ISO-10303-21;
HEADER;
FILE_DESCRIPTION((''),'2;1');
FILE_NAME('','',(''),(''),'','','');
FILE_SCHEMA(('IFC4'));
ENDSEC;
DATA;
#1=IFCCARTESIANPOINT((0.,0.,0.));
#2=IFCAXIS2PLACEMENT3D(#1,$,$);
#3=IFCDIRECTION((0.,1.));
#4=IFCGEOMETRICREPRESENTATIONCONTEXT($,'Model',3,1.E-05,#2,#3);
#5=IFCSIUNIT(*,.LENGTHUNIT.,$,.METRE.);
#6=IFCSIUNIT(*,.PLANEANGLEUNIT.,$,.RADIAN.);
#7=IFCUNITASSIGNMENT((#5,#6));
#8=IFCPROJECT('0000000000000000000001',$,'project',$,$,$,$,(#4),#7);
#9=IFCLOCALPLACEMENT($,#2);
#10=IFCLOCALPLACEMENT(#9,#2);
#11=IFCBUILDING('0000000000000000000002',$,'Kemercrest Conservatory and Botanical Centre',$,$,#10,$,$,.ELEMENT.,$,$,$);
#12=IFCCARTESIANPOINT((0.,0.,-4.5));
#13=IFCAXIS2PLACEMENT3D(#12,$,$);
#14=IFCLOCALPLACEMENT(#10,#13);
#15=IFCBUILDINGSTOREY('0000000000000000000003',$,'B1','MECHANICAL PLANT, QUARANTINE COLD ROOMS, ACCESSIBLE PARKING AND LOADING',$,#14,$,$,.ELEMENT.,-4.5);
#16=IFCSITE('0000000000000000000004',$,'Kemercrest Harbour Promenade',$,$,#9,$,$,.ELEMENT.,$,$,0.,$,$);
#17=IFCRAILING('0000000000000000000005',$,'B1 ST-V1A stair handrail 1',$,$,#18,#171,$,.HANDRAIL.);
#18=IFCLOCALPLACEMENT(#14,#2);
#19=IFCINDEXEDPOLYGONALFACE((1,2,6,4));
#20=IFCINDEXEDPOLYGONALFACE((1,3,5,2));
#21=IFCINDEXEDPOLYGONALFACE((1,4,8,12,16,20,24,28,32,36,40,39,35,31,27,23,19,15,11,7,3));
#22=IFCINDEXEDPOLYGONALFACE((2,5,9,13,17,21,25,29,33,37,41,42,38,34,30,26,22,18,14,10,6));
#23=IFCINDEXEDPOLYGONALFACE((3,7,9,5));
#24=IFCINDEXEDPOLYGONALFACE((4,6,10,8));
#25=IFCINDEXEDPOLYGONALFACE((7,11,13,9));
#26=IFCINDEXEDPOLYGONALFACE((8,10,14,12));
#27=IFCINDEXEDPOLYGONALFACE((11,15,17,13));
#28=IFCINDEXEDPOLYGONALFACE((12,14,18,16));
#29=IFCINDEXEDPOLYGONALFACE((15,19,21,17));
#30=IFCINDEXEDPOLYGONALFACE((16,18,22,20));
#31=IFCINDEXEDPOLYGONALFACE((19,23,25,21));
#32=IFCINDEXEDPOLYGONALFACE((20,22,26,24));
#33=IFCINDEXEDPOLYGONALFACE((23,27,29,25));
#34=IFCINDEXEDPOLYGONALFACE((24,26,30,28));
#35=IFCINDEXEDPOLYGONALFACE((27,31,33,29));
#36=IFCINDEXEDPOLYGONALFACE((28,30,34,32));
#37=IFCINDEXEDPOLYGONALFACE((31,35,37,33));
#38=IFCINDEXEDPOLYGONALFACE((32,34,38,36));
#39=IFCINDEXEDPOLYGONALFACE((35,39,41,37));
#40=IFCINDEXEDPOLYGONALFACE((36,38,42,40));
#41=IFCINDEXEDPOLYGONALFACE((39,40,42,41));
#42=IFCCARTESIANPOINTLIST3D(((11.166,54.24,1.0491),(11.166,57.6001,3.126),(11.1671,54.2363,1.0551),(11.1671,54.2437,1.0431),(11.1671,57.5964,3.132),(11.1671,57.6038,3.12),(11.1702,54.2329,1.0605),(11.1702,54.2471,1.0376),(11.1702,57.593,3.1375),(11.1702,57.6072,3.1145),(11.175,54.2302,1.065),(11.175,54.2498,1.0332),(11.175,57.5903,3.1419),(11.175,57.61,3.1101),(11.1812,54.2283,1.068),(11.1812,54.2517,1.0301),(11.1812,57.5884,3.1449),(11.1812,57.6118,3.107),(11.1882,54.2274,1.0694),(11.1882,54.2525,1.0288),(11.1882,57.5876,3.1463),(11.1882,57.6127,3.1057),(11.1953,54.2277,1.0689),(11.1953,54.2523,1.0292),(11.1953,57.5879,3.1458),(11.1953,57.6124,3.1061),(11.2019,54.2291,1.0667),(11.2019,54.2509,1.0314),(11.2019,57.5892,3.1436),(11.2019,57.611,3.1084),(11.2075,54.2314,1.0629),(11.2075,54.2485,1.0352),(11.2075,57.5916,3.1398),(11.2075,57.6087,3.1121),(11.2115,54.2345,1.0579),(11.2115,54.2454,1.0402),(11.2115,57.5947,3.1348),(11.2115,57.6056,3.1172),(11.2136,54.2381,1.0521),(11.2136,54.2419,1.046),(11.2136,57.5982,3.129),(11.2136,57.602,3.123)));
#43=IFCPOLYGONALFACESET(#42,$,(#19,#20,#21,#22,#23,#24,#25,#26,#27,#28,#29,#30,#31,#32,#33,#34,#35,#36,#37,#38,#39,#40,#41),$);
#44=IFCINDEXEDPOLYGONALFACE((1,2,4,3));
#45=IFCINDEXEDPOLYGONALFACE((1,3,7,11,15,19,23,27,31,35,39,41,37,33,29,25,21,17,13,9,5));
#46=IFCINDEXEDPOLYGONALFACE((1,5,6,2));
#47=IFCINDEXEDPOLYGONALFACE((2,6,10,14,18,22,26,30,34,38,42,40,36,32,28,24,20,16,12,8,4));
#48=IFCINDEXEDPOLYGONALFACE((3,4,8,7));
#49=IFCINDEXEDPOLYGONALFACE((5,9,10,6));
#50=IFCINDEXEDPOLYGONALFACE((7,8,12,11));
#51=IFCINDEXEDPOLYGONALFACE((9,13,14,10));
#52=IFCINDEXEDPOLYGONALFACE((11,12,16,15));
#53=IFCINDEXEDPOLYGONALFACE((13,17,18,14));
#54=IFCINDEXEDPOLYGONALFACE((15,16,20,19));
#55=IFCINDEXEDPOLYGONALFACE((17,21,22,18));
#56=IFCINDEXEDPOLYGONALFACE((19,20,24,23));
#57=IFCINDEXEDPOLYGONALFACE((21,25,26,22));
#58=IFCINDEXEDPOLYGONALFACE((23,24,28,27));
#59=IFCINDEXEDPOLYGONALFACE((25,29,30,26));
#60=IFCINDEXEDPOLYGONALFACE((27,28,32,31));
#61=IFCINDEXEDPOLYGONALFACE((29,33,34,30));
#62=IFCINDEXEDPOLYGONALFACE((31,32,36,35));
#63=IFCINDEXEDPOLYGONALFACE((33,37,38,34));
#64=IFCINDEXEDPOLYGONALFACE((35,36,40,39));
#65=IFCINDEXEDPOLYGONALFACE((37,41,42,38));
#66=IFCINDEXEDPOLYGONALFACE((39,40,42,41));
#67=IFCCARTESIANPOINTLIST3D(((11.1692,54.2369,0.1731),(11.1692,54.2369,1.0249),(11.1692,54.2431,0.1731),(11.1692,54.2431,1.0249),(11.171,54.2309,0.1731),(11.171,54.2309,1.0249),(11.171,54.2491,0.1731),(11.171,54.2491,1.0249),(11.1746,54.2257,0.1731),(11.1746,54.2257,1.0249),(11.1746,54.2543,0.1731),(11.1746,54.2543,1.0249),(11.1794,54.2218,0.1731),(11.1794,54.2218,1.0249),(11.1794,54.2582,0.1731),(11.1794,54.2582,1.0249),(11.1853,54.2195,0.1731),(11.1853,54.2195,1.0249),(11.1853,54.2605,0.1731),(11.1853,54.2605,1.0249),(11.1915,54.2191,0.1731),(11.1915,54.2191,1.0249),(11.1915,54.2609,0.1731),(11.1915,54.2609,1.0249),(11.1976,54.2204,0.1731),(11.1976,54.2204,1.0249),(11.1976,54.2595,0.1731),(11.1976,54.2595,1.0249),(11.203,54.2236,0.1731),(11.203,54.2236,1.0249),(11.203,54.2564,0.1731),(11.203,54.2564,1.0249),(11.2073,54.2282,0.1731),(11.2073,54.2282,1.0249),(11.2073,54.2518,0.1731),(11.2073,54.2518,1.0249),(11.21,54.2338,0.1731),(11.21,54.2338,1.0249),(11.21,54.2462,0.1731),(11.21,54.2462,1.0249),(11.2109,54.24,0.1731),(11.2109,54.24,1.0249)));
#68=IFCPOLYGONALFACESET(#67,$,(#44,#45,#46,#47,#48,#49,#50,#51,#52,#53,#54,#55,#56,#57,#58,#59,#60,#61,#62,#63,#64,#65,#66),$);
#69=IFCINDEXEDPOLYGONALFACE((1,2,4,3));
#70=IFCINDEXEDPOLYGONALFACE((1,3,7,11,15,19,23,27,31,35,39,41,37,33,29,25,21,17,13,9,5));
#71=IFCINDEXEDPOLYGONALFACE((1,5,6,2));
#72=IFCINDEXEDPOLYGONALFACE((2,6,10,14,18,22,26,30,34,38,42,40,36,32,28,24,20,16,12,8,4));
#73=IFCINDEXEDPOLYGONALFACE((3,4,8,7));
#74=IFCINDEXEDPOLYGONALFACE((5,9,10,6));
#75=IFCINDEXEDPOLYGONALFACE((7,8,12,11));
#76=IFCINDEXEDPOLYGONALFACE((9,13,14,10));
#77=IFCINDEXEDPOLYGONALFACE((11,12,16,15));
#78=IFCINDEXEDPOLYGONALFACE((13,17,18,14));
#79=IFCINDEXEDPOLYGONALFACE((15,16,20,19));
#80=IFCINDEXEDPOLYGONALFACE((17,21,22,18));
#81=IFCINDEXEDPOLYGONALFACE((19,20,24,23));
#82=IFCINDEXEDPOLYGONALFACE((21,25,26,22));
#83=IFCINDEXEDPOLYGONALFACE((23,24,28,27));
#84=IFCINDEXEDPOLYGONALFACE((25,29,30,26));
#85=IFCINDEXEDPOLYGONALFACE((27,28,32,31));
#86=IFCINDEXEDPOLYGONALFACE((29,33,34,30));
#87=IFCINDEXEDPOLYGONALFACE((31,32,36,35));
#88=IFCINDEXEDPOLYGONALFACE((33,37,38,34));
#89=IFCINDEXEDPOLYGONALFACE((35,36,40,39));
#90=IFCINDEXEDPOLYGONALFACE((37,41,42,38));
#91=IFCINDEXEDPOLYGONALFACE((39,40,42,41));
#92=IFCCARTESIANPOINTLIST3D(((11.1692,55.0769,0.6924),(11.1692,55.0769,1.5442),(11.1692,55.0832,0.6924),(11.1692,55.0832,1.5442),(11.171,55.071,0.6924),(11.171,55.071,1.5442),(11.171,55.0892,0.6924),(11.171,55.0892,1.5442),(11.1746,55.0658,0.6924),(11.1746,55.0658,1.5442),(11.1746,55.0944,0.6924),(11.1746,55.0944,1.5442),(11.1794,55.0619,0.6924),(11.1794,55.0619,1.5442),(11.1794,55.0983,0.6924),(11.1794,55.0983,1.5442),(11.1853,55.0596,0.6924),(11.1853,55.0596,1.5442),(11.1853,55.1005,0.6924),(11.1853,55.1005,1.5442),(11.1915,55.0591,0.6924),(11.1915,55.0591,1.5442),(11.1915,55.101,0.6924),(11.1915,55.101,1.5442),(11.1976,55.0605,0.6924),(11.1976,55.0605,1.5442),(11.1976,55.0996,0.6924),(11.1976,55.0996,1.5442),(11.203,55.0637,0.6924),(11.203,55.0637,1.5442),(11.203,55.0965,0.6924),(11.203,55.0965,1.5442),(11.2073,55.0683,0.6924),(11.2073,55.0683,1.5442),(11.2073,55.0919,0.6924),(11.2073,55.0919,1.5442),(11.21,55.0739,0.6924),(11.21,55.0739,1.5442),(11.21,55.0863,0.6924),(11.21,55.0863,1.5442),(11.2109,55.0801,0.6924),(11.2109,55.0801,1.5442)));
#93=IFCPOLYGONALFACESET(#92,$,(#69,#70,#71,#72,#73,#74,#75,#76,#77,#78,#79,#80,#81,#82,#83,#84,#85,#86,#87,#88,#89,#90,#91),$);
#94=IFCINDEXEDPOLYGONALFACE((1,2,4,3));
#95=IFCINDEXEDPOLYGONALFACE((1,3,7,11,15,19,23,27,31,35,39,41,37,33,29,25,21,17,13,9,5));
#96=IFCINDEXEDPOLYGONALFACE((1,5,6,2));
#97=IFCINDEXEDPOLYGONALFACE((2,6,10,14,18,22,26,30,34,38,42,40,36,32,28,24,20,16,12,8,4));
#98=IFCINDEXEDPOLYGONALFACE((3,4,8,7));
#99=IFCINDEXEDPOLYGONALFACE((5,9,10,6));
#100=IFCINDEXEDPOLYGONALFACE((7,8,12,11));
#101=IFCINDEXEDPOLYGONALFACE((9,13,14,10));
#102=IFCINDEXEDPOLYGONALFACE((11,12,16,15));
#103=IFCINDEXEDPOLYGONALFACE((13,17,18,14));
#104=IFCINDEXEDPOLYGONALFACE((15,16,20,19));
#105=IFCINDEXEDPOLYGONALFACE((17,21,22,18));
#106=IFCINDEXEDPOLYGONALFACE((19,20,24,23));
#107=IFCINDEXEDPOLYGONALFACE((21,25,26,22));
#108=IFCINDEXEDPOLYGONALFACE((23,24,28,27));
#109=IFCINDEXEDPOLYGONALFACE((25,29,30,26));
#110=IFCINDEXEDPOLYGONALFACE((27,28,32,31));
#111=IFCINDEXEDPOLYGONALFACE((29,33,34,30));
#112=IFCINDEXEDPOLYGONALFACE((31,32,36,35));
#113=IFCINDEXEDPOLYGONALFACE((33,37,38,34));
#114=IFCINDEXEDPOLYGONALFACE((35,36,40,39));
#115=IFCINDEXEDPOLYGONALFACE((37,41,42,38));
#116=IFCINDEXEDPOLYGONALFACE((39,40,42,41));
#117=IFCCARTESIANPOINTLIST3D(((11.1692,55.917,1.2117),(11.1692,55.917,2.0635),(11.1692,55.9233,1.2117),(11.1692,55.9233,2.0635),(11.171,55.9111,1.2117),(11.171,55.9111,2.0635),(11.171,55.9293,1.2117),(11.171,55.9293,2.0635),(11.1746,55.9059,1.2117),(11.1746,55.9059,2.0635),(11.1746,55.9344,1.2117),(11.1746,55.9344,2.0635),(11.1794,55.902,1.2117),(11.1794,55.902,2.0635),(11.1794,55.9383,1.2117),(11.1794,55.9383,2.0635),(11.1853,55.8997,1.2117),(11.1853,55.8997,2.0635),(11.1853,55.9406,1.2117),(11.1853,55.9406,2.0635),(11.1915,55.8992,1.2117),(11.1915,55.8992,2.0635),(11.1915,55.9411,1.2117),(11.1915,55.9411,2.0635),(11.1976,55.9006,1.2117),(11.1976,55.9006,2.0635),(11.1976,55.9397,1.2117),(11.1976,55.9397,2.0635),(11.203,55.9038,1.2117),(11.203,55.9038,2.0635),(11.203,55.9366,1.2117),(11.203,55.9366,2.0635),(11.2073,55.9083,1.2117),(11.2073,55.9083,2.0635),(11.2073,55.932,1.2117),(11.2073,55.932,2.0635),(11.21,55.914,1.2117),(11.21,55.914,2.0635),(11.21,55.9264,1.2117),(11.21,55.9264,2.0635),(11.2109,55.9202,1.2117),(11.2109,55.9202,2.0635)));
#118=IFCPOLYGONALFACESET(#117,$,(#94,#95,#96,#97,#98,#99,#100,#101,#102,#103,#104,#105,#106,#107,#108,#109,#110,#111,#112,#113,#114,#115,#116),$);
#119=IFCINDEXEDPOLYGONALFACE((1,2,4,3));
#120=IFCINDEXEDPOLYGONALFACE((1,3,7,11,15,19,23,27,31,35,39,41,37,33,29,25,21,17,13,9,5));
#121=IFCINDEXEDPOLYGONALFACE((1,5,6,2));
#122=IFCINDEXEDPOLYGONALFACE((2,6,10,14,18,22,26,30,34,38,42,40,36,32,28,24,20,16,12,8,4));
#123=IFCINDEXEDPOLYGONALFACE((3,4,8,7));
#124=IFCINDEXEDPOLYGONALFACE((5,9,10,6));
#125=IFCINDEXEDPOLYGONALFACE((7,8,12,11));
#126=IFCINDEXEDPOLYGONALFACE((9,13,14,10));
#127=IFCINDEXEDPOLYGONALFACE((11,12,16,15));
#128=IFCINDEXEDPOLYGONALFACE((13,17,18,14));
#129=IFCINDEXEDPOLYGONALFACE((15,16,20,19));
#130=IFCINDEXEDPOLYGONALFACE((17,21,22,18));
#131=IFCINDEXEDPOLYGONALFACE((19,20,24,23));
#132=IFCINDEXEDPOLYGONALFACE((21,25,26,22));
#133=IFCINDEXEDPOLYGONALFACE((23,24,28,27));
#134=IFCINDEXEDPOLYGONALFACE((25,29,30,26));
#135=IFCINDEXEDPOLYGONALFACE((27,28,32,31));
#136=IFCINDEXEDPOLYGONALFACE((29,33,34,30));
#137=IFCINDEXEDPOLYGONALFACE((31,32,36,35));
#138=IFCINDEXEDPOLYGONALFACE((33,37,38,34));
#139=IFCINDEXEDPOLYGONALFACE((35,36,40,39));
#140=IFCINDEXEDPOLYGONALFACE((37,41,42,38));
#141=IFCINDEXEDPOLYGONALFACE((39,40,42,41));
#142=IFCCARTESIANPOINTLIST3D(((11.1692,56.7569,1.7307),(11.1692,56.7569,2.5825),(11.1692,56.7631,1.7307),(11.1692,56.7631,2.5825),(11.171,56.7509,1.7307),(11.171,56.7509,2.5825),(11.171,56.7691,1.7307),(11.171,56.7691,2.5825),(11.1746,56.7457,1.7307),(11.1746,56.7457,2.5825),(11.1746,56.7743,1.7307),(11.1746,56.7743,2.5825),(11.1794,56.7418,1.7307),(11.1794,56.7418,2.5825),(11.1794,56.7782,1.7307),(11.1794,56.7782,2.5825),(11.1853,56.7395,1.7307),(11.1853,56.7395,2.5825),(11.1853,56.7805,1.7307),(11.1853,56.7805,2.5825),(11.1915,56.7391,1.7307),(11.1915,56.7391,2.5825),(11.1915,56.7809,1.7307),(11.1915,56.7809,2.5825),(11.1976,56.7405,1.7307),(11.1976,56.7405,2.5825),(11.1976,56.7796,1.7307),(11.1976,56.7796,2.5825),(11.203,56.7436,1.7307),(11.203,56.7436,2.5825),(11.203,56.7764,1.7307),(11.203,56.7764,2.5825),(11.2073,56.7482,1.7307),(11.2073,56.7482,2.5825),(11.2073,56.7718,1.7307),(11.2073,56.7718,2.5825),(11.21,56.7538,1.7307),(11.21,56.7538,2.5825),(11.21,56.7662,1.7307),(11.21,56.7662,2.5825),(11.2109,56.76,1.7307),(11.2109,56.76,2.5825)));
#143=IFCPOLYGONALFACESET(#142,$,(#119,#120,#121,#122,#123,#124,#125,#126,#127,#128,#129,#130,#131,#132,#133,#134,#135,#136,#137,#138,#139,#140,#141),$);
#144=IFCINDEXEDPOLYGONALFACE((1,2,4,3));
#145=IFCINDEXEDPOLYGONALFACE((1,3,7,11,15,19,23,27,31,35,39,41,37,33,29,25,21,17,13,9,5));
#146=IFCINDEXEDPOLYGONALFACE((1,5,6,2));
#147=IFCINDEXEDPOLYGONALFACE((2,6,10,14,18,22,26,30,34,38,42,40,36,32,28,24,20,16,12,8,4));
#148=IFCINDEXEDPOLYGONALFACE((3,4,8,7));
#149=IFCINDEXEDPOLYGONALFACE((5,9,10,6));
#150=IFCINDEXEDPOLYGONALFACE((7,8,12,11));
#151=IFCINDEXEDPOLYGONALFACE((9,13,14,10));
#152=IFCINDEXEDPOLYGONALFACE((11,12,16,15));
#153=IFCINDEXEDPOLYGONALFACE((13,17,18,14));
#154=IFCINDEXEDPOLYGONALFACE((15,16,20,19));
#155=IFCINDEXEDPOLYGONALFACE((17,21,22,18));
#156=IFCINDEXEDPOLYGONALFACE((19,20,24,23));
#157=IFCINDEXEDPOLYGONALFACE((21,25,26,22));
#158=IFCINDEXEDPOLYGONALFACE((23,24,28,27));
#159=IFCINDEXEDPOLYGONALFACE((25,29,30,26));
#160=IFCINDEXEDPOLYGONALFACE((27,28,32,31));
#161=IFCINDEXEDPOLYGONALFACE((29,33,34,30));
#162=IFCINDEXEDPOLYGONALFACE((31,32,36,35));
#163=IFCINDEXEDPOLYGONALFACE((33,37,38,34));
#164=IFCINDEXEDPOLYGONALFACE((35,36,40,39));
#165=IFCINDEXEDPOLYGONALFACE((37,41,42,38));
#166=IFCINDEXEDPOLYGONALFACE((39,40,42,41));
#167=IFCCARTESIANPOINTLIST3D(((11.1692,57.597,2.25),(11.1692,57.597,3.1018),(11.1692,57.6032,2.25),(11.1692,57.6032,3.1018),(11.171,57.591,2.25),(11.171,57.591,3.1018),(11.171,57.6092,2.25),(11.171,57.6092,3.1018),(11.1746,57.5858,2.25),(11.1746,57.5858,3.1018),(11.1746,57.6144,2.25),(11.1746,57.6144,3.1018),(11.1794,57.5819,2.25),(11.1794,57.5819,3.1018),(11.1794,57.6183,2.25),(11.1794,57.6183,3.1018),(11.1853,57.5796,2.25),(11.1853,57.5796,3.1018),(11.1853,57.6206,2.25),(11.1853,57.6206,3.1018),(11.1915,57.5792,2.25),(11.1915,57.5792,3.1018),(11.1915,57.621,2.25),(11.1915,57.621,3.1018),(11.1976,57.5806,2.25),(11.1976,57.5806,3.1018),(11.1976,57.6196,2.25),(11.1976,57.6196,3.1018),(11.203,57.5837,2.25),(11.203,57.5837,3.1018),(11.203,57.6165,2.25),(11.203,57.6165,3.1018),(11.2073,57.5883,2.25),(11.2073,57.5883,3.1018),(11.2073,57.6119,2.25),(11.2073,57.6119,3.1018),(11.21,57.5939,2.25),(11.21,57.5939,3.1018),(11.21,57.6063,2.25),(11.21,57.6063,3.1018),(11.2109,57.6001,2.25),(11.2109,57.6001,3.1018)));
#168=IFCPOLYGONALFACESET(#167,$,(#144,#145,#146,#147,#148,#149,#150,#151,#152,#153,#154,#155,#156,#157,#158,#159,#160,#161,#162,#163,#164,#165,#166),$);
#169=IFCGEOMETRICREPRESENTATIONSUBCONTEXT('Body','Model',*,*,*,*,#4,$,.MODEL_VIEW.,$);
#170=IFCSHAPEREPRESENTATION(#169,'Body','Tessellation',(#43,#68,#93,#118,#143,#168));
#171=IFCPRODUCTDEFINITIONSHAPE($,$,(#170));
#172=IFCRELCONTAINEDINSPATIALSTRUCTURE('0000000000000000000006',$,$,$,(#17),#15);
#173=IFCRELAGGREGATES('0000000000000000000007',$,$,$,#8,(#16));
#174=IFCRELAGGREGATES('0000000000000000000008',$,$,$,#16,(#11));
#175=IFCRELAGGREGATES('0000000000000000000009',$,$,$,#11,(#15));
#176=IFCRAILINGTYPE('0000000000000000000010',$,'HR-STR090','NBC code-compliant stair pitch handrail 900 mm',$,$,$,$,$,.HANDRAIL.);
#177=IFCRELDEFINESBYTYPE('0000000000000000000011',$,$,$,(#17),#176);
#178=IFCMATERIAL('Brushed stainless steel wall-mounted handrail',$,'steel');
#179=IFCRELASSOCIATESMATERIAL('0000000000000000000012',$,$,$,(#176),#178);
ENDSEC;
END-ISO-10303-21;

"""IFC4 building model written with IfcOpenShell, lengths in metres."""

from ifc_helpers import new_model, si_unit, direction, frame, origin, origin_2d, place, context, subcontext, project, spatial, circle, extrude, material, type_object, element, save


model = new_model("IFC4")

# Units and contexts
model_context = context("Model", 3, precision=1e-05, world=origin(), true_north=direction((0.0, 1.0)))
body_context = subcontext(model_context, "Body", "Model", "MODEL_VIEW")
ifc_project = project(units=[si_unit("LENGTHUNIT", "METRE"), si_unit("PLANEANGLEUNIT", "RADIAN")], contexts=[model_context])

# Site, building, storey
site_placement = place(None, origin())
site = spatial("IfcSite", under=ifc_project, at=site_placement, Name="Kemercrest Harbour Promenade", CompositionType="ELEMENT", RefElevation=0.0)
building_placement = place(site_placement, origin())
building = spatial("IfcBuilding", under=site, at=building_placement, Name="Kemercrest Conservatory and Botanical Centre", CompositionType="ELEMENT")
storey_placement = place(building_placement, frame((0.0, 0.0, -4.5)))
storey = spatial("IfcBuildingStorey", under=building, at=storey_placement, Name="B1", Description="MECHANICAL PLANT, QUARANTINE COLD ROOMS, ACCESSIBLE PARKING AND LOADING", CompositionType="ELEMENT", Elevation=-4.5)

# Railing
ifc_material_1 = material(Name="Brushed stainless steel wall-mounted handrail", Category="steel")
railing_type_1 = type_object("IfcRailingType", Name="HR-STR090", Description="NBC code-compliant stair pitch handrail 900 mm", PredefinedType="HANDRAIL", material=ifc_material_1)
railing_1_placement = place(storey_placement, frame((11.1899, 54.24, 0.1731)))
element("IfcRailing", 1, at=railing_1_placement, inside=storey, type_object=railing_type_1, Name="B1 ST-V1A stair handrail 1", PredefinedType="HANDRAIL", context=body_context, shape_type="SweptSolid", body=[
    extrude(circle(Radius=0.0239, at=origin_2d()), frame((0.0, 0.0, 0.876), z_axis=(0.0, 0.850623, 0.525776), x_axis=(-1.0, 0.0, 0.0)), (0.0, 0.0, 1.0), 3.9502),
    extrude(circle(Radius=0.021, at=origin_2d()), origin(), (0.0, 0.0, 1.0), 0.8518),
    extrude(circle(Radius=0.021, at=origin_2d()), frame((0.0, 0.8401, 0.5193)), (0.0, 0.0, 1.0), 0.8518),
    extrude(circle(Radius=0.021, at=origin_2d()), frame((0.0, 1.6802, 1.0386)), (0.0, 0.0, 1.0), 0.8518),
    extrude(circle(Radius=0.021, at=origin_2d()), frame((0.0, 2.52, 1.5576)), (0.0, 0.0, 1.0), 0.8518),
    extrude(circle(Radius=0.021, at=origin_2d()), frame((0.0, 3.3601, 2.0769)), (0.0, 0.0, 1.0), 0.8518),
])

save(model, "model.ifc")
